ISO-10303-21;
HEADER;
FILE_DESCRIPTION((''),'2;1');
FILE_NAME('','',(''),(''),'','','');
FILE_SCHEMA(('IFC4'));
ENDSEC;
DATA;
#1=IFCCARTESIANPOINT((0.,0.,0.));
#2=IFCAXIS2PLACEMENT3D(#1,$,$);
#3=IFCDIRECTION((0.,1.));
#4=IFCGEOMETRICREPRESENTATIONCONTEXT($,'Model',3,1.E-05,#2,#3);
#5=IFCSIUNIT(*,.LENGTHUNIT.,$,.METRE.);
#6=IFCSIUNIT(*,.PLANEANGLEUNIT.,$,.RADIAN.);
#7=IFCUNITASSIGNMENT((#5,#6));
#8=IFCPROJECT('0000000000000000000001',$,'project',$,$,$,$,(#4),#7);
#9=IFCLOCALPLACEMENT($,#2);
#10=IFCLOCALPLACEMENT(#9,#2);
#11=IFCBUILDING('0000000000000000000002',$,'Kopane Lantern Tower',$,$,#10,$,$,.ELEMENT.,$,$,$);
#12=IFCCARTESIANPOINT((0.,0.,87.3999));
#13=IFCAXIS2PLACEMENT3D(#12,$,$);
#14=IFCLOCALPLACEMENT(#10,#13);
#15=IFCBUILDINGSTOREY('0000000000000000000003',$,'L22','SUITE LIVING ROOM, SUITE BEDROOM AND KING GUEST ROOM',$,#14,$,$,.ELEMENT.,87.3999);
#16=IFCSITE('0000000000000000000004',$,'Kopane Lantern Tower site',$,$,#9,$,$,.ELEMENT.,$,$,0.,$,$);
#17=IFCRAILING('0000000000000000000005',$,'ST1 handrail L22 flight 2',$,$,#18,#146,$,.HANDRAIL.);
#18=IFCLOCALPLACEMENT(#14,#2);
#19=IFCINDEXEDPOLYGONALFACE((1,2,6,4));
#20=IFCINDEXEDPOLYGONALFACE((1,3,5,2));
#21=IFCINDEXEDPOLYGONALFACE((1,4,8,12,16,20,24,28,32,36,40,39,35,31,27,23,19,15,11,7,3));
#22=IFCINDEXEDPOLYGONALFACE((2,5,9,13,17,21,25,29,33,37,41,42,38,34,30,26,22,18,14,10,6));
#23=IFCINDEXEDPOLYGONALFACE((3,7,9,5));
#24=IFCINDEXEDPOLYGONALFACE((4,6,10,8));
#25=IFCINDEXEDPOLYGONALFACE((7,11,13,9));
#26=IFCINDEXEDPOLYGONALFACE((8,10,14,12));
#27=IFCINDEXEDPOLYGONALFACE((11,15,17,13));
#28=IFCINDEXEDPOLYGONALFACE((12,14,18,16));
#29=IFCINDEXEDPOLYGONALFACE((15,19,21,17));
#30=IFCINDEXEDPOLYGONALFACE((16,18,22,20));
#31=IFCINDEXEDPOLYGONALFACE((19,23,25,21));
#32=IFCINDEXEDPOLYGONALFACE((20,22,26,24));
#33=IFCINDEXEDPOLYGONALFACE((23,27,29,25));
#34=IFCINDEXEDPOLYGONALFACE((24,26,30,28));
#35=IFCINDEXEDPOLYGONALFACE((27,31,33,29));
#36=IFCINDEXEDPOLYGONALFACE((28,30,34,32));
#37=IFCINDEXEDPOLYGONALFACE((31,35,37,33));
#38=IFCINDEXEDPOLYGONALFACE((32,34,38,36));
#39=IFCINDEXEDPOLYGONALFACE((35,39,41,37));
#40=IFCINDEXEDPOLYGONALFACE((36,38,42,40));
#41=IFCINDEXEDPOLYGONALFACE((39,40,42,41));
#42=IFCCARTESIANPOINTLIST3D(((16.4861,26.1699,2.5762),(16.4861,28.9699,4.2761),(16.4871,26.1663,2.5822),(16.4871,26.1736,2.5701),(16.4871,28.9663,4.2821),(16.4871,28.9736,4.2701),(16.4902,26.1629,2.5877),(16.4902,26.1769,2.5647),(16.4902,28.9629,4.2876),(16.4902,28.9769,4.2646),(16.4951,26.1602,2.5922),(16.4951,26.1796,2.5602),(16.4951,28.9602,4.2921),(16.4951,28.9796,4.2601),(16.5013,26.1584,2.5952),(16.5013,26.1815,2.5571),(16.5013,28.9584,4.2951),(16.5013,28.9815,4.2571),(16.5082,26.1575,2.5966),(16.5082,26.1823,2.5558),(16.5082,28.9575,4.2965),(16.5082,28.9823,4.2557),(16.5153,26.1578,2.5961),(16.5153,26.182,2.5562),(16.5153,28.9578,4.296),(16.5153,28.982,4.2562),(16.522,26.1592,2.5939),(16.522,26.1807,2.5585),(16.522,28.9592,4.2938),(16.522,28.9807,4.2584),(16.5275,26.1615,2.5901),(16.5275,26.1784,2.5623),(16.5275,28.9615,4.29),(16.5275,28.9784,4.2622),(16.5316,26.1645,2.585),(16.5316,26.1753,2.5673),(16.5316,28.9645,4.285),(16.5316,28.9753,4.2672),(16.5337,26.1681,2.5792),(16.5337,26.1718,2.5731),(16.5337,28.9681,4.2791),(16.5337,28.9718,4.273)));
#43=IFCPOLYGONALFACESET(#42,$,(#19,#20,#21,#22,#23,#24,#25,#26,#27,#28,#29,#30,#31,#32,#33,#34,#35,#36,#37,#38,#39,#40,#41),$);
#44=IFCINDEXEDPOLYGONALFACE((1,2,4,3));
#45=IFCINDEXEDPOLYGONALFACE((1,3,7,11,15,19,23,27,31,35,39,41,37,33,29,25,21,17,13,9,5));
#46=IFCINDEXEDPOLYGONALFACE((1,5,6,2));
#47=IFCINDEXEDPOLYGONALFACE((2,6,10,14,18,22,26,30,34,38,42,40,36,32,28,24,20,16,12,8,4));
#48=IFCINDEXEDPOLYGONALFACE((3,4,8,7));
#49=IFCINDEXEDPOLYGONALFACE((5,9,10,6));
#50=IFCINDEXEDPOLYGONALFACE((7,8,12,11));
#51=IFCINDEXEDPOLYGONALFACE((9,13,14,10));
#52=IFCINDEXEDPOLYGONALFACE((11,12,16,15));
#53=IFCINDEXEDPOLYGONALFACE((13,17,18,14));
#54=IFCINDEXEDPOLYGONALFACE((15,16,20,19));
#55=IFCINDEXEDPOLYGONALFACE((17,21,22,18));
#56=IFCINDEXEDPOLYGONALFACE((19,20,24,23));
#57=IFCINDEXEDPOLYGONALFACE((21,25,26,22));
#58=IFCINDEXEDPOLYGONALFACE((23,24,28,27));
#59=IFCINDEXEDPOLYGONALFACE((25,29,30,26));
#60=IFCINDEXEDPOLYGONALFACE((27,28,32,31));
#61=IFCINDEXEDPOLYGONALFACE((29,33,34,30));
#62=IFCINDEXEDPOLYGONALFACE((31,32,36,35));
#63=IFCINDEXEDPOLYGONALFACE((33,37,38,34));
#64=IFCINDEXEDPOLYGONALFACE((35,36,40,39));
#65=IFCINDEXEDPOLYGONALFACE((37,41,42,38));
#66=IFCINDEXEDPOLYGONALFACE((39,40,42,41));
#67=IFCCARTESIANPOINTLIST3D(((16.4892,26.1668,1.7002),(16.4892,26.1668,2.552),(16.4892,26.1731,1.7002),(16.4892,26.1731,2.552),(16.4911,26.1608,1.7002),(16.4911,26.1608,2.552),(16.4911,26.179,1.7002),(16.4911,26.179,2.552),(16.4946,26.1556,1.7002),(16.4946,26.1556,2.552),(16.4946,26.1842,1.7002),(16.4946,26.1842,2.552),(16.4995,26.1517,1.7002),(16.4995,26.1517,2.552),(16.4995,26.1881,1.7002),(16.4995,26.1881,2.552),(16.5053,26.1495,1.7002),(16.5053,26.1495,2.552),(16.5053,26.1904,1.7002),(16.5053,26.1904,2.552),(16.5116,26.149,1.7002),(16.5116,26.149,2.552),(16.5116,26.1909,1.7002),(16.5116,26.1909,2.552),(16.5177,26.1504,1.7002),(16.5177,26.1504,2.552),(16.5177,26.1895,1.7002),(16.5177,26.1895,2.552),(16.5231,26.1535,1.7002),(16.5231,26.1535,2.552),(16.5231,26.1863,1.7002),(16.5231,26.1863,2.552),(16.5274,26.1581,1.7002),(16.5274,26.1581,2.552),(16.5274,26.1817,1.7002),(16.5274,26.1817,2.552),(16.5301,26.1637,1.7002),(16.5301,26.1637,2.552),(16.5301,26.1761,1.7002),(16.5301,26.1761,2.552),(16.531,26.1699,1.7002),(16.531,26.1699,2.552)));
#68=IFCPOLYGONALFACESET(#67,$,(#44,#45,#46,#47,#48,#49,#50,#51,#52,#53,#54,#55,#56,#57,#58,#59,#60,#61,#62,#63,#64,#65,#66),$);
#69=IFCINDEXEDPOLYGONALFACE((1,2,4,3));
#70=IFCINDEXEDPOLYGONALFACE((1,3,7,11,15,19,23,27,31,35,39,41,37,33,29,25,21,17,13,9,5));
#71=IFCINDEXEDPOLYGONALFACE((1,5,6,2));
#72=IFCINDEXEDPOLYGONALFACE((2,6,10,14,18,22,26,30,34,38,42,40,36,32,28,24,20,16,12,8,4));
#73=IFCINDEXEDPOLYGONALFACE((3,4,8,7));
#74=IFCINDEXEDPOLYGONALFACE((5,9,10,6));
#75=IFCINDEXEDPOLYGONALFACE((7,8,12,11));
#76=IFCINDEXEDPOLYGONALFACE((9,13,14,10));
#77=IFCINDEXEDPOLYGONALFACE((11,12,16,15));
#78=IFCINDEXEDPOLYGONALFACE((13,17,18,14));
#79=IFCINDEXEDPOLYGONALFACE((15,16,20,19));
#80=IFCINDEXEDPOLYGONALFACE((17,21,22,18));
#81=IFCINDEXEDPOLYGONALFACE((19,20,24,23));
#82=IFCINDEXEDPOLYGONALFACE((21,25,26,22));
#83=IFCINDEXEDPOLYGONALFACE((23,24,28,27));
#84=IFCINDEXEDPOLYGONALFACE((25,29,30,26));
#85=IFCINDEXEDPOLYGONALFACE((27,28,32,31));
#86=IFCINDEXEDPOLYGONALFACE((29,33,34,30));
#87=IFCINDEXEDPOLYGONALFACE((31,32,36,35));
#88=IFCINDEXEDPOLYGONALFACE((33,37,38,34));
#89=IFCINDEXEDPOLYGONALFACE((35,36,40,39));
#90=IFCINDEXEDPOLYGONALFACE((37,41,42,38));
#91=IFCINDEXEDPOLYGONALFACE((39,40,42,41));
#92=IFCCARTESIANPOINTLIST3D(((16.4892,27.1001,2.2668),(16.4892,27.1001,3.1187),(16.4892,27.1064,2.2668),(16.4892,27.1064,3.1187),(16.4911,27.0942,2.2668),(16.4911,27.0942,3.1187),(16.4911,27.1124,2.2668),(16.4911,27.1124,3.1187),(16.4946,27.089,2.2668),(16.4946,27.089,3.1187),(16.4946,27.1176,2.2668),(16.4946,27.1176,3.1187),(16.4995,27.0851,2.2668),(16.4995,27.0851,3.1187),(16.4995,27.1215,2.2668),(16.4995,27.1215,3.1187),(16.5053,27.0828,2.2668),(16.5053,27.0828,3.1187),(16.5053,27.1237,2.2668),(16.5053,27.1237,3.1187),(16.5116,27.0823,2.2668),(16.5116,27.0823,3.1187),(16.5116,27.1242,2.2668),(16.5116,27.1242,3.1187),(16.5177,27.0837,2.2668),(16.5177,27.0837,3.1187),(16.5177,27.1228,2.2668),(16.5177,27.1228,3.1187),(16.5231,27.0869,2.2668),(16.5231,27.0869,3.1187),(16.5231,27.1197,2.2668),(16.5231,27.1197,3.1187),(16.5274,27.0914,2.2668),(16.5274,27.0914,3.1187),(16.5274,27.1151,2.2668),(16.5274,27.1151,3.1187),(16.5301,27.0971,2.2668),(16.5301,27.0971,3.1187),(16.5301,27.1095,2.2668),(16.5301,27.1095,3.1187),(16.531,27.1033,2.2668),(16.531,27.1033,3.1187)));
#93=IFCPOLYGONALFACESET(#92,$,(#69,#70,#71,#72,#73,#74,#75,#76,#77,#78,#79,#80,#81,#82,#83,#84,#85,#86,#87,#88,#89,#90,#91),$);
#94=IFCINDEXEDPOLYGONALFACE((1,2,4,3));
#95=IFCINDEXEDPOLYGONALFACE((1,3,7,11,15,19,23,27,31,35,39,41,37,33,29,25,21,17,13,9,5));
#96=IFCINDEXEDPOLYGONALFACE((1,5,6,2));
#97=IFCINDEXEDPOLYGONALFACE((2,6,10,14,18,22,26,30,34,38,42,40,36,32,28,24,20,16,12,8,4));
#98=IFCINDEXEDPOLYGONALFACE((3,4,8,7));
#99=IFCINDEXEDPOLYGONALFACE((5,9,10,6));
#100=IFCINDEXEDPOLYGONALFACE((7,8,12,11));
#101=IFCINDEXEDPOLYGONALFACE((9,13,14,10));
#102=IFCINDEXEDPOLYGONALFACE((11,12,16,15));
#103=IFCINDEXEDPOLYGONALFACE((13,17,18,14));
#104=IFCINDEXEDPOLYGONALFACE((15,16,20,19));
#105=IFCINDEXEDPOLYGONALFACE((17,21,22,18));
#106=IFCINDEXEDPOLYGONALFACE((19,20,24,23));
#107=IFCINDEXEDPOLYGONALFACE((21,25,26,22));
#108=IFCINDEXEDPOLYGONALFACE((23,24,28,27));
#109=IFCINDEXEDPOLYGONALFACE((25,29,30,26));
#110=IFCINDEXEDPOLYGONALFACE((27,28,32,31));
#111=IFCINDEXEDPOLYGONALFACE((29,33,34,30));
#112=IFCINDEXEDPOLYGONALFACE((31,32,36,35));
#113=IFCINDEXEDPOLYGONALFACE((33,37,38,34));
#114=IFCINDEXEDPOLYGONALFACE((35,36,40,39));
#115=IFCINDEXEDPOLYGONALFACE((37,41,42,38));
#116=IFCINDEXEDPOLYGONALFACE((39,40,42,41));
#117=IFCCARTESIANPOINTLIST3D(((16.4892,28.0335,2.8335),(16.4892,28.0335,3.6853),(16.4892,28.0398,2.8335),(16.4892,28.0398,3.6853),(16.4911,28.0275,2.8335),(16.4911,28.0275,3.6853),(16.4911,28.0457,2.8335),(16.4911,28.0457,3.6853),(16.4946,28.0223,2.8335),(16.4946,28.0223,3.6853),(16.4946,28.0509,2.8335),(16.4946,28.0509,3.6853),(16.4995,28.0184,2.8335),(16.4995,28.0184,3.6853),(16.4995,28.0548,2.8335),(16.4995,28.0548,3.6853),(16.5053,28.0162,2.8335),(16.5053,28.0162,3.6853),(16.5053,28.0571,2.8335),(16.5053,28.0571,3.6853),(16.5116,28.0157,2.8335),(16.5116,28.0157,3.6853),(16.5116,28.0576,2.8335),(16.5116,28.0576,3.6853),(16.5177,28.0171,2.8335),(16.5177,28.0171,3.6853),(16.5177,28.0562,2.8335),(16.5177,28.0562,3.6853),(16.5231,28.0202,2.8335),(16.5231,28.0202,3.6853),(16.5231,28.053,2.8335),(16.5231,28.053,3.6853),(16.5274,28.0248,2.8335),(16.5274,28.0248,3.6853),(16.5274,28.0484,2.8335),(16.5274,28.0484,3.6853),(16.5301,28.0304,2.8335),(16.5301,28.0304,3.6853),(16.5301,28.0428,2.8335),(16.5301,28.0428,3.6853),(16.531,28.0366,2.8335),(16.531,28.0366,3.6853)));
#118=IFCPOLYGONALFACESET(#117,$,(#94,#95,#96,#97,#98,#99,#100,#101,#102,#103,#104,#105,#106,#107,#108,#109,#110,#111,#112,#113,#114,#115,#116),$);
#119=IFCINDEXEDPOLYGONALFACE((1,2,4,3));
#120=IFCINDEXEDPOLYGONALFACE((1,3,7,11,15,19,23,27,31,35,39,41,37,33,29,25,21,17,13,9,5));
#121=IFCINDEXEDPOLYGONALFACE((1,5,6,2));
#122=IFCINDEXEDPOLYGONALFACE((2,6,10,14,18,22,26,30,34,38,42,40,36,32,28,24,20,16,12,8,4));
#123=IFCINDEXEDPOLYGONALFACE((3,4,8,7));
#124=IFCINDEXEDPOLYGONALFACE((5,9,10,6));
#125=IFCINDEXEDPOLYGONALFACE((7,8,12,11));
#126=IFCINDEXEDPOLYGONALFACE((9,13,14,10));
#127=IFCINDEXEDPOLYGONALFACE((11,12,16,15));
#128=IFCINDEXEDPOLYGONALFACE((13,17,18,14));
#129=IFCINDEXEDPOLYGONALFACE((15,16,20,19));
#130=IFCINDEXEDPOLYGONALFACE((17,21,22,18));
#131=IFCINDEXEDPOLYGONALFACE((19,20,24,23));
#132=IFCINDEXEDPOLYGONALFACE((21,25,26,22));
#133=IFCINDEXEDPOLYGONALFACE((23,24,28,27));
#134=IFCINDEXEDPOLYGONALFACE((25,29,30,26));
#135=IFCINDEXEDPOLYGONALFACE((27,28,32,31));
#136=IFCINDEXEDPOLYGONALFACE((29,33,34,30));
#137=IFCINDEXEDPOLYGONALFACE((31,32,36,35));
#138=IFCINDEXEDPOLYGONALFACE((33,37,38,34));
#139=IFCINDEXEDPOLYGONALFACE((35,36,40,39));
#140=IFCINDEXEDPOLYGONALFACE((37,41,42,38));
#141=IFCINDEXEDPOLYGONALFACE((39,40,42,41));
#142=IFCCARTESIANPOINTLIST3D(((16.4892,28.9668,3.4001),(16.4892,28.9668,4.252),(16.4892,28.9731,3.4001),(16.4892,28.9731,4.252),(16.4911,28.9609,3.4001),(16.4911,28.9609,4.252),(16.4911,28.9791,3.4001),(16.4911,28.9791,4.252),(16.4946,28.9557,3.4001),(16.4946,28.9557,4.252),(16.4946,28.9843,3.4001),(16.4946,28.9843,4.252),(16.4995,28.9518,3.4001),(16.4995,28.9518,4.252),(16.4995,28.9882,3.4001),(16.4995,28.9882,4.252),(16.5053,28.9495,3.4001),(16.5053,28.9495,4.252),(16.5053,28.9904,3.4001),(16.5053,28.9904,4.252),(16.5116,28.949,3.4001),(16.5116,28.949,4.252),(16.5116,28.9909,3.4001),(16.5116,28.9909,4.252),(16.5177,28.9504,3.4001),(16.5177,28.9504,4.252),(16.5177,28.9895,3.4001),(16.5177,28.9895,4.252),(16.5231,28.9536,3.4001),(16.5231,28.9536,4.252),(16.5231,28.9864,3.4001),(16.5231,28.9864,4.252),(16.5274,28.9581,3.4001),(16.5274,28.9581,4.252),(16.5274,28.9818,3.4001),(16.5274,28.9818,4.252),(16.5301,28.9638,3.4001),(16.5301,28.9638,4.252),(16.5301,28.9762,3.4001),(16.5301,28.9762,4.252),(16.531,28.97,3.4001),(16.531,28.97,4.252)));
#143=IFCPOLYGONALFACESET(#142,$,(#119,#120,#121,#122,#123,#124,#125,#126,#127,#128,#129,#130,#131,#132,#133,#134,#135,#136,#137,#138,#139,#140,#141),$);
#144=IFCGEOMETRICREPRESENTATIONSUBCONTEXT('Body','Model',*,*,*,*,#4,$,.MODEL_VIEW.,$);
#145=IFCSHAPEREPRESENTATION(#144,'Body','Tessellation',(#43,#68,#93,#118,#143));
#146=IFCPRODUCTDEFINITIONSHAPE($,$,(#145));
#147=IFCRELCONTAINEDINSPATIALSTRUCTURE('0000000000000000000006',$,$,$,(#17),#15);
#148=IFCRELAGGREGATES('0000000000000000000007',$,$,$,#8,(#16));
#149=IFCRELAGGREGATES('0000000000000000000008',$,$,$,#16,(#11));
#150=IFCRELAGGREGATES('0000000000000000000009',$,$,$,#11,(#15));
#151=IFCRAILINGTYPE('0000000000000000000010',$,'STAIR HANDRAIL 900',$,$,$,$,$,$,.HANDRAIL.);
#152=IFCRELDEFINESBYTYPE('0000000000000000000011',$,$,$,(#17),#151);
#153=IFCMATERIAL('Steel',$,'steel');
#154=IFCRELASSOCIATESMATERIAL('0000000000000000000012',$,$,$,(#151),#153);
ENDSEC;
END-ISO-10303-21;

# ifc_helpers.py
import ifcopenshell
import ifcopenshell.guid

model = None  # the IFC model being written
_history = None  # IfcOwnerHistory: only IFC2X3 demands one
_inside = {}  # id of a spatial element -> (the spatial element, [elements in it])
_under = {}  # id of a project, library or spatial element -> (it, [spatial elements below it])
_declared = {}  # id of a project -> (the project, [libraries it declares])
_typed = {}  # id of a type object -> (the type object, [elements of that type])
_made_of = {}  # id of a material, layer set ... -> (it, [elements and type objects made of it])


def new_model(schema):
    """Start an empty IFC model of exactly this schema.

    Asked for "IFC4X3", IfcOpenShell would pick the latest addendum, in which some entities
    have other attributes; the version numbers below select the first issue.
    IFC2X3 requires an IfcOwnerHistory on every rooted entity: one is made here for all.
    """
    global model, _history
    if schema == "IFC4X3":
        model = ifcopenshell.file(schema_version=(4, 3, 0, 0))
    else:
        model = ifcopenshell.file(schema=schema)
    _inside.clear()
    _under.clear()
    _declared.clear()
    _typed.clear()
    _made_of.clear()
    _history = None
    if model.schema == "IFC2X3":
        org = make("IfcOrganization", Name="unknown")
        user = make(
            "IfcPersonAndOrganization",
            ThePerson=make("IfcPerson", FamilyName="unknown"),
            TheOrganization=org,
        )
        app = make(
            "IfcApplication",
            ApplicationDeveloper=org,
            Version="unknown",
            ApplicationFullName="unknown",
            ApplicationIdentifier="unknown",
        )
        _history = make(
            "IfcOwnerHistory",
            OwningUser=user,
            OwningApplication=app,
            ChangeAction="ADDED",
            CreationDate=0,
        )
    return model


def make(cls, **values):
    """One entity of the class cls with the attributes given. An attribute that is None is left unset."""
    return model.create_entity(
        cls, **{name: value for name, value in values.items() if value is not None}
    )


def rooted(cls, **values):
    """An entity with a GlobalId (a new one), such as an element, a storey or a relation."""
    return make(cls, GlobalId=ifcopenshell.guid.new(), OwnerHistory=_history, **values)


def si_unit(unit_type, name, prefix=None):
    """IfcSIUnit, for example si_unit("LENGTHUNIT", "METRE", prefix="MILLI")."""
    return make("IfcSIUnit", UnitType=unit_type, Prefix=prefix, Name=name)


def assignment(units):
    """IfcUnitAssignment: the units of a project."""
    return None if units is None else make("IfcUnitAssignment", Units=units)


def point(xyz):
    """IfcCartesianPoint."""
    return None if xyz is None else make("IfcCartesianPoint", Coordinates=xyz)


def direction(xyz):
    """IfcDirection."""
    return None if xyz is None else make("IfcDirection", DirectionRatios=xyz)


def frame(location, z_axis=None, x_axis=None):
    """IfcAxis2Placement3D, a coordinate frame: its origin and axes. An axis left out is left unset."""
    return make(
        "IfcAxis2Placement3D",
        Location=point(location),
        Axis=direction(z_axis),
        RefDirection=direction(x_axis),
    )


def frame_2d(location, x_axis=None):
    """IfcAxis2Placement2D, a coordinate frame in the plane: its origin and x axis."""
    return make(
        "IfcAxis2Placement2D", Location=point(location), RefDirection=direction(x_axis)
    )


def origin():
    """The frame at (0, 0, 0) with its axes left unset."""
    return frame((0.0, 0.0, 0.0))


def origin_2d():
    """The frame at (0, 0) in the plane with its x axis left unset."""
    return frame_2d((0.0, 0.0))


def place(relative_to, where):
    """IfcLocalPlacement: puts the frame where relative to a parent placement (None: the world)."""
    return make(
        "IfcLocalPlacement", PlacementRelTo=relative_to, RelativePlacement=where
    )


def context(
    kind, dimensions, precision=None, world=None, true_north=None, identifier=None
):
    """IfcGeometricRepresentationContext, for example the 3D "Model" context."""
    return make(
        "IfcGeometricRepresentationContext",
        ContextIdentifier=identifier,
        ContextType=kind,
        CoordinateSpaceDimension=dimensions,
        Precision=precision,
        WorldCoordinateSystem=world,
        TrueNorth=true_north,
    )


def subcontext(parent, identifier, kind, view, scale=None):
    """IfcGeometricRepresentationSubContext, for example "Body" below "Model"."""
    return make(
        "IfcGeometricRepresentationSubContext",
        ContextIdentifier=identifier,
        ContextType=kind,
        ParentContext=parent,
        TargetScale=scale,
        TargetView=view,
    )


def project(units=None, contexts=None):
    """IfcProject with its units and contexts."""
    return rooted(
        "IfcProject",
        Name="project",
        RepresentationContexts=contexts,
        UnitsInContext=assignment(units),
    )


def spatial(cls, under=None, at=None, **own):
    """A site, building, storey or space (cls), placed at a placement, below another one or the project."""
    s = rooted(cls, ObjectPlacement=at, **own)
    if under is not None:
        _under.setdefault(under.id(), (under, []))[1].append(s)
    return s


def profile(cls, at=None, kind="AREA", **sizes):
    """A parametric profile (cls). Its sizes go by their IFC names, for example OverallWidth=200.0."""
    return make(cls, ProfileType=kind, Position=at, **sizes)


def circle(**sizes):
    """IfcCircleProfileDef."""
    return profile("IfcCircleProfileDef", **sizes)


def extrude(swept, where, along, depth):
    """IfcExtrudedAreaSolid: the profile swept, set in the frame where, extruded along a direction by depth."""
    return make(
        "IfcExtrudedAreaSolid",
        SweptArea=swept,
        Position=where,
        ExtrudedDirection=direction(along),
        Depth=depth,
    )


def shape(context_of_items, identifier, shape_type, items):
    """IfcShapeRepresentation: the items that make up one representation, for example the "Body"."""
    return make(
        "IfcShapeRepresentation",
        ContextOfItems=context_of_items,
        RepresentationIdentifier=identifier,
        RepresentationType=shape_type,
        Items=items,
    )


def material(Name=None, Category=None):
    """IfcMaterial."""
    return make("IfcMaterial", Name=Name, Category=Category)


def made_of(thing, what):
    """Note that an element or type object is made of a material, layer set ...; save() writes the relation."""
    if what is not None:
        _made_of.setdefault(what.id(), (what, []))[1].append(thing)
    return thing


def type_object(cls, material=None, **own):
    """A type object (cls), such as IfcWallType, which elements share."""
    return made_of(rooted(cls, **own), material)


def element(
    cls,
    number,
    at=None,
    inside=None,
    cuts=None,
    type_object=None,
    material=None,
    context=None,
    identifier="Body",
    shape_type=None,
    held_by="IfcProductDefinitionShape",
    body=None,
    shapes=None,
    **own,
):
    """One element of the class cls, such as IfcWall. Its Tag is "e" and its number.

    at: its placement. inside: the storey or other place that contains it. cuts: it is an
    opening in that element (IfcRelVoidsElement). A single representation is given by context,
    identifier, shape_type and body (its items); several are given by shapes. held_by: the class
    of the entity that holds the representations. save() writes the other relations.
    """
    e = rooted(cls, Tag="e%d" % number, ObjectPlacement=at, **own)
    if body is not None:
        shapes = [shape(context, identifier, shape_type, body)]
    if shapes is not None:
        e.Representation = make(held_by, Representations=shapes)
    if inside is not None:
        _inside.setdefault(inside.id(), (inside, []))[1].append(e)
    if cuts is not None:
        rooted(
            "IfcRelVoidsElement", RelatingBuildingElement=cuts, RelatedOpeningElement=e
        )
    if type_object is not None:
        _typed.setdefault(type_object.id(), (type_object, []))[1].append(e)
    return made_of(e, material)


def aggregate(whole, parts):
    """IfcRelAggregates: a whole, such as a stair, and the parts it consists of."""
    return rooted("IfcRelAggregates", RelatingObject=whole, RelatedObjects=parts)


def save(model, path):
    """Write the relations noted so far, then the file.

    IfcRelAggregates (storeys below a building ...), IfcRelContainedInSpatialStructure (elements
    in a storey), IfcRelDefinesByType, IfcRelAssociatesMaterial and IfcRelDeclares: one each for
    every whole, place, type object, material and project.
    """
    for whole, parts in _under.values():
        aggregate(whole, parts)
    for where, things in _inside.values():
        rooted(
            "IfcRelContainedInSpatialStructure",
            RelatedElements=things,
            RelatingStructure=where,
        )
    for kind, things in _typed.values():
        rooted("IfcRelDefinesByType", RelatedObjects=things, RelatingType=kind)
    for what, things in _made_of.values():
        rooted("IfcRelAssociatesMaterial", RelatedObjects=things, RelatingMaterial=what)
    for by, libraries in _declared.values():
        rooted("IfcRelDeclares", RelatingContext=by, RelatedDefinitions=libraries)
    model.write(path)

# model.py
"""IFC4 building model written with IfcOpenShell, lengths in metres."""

from ifc_helpers import new_model, si_unit, direction, frame, origin, origin_2d, place, context, subcontext, project, spatial, circle, extrude, material, type_object, element, save


model = new_model("IFC4")

# Units and contexts
model_context = context("Model", 3, precision=1e-05, world=origin(), true_north=direction((0.0, 1.0)))
body_context = subcontext(model_context, "Body", "Model", "MODEL_VIEW")
ifc_project = project(units=[si_unit("LENGTHUNIT", "METRE"), si_unit("PLANEANGLEUNIT", "RADIAN")], contexts=[model_context])

# Site, building, storey
site_placement = place(None, origin())
site = spatial("IfcSite", under=ifc_project, at=site_placement, Name="Kopane Lantern Tower site", CompositionType="ELEMENT", RefElevation=0.0)
building_placement = place(site_placement, origin())
building = spatial("IfcBuilding", under=site, at=building_placement, Name="Kopane Lantern Tower", CompositionType="ELEMENT")
storey_placement = place(building_placement, frame((0.0, 0.0, 87.3999)))
storey = spatial("IfcBuildingStorey", under=building, at=storey_placement, Name="L22", Description="SUITE LIVING ROOM, SUITE BEDROOM AND KING GUEST ROOM", CompositionType="ELEMENT", Elevation=87.3999)

# Railing
ifc_material_1 = material(Name="Steel", Category="steel")
railing_type_1 = type_object("IfcRailingType", Name="STAIR HANDRAIL 900", PredefinedType="HANDRAIL", material=ifc_material_1)
for number, where, name in (
    (1, (16.51, 26.1699, 1.7002), "ST1 handrail L22 flight 2"),
):
    element("IfcRailing", number, at=place(storey_placement, frame(where)), inside=storey, type_object=railing_type_1, Name=name, PredefinedType="HANDRAIL", context=body_context, shape_type="SweptSolid", body=[
        extrude(circle(Radius=0.0239, at=origin_2d()), frame((0.0, 0.0, 0.876), z_axis=(0.0, 0.854798, 0.518961), x_axis=(-1.0, 0.0, 0.0)), (0.0, 0.0, 1.0), 3.2756),
        extrude(circle(Radius=0.021, at=origin_2d()), origin(), (0.0, 0.0, 1.0), 0.8518),
        extrude(circle(Radius=0.021, at=origin_2d()), frame((0.0, 0.9333, 0.5667)), (0.0, 0.0, 1.0), 0.8518),
        extrude(circle(Radius=0.021, at=origin_2d()), frame((0.0, 1.8667, 1.1333)), (0.0, 0.0, 1.0), 0.8518),
        extrude(circle(Radius=0.021, at=origin_2d()), frame((0.0, 2.8, 1.7)), (0.0, 0.0, 1.0), 0.8518),
    ])

save(model, "model.ifc")
